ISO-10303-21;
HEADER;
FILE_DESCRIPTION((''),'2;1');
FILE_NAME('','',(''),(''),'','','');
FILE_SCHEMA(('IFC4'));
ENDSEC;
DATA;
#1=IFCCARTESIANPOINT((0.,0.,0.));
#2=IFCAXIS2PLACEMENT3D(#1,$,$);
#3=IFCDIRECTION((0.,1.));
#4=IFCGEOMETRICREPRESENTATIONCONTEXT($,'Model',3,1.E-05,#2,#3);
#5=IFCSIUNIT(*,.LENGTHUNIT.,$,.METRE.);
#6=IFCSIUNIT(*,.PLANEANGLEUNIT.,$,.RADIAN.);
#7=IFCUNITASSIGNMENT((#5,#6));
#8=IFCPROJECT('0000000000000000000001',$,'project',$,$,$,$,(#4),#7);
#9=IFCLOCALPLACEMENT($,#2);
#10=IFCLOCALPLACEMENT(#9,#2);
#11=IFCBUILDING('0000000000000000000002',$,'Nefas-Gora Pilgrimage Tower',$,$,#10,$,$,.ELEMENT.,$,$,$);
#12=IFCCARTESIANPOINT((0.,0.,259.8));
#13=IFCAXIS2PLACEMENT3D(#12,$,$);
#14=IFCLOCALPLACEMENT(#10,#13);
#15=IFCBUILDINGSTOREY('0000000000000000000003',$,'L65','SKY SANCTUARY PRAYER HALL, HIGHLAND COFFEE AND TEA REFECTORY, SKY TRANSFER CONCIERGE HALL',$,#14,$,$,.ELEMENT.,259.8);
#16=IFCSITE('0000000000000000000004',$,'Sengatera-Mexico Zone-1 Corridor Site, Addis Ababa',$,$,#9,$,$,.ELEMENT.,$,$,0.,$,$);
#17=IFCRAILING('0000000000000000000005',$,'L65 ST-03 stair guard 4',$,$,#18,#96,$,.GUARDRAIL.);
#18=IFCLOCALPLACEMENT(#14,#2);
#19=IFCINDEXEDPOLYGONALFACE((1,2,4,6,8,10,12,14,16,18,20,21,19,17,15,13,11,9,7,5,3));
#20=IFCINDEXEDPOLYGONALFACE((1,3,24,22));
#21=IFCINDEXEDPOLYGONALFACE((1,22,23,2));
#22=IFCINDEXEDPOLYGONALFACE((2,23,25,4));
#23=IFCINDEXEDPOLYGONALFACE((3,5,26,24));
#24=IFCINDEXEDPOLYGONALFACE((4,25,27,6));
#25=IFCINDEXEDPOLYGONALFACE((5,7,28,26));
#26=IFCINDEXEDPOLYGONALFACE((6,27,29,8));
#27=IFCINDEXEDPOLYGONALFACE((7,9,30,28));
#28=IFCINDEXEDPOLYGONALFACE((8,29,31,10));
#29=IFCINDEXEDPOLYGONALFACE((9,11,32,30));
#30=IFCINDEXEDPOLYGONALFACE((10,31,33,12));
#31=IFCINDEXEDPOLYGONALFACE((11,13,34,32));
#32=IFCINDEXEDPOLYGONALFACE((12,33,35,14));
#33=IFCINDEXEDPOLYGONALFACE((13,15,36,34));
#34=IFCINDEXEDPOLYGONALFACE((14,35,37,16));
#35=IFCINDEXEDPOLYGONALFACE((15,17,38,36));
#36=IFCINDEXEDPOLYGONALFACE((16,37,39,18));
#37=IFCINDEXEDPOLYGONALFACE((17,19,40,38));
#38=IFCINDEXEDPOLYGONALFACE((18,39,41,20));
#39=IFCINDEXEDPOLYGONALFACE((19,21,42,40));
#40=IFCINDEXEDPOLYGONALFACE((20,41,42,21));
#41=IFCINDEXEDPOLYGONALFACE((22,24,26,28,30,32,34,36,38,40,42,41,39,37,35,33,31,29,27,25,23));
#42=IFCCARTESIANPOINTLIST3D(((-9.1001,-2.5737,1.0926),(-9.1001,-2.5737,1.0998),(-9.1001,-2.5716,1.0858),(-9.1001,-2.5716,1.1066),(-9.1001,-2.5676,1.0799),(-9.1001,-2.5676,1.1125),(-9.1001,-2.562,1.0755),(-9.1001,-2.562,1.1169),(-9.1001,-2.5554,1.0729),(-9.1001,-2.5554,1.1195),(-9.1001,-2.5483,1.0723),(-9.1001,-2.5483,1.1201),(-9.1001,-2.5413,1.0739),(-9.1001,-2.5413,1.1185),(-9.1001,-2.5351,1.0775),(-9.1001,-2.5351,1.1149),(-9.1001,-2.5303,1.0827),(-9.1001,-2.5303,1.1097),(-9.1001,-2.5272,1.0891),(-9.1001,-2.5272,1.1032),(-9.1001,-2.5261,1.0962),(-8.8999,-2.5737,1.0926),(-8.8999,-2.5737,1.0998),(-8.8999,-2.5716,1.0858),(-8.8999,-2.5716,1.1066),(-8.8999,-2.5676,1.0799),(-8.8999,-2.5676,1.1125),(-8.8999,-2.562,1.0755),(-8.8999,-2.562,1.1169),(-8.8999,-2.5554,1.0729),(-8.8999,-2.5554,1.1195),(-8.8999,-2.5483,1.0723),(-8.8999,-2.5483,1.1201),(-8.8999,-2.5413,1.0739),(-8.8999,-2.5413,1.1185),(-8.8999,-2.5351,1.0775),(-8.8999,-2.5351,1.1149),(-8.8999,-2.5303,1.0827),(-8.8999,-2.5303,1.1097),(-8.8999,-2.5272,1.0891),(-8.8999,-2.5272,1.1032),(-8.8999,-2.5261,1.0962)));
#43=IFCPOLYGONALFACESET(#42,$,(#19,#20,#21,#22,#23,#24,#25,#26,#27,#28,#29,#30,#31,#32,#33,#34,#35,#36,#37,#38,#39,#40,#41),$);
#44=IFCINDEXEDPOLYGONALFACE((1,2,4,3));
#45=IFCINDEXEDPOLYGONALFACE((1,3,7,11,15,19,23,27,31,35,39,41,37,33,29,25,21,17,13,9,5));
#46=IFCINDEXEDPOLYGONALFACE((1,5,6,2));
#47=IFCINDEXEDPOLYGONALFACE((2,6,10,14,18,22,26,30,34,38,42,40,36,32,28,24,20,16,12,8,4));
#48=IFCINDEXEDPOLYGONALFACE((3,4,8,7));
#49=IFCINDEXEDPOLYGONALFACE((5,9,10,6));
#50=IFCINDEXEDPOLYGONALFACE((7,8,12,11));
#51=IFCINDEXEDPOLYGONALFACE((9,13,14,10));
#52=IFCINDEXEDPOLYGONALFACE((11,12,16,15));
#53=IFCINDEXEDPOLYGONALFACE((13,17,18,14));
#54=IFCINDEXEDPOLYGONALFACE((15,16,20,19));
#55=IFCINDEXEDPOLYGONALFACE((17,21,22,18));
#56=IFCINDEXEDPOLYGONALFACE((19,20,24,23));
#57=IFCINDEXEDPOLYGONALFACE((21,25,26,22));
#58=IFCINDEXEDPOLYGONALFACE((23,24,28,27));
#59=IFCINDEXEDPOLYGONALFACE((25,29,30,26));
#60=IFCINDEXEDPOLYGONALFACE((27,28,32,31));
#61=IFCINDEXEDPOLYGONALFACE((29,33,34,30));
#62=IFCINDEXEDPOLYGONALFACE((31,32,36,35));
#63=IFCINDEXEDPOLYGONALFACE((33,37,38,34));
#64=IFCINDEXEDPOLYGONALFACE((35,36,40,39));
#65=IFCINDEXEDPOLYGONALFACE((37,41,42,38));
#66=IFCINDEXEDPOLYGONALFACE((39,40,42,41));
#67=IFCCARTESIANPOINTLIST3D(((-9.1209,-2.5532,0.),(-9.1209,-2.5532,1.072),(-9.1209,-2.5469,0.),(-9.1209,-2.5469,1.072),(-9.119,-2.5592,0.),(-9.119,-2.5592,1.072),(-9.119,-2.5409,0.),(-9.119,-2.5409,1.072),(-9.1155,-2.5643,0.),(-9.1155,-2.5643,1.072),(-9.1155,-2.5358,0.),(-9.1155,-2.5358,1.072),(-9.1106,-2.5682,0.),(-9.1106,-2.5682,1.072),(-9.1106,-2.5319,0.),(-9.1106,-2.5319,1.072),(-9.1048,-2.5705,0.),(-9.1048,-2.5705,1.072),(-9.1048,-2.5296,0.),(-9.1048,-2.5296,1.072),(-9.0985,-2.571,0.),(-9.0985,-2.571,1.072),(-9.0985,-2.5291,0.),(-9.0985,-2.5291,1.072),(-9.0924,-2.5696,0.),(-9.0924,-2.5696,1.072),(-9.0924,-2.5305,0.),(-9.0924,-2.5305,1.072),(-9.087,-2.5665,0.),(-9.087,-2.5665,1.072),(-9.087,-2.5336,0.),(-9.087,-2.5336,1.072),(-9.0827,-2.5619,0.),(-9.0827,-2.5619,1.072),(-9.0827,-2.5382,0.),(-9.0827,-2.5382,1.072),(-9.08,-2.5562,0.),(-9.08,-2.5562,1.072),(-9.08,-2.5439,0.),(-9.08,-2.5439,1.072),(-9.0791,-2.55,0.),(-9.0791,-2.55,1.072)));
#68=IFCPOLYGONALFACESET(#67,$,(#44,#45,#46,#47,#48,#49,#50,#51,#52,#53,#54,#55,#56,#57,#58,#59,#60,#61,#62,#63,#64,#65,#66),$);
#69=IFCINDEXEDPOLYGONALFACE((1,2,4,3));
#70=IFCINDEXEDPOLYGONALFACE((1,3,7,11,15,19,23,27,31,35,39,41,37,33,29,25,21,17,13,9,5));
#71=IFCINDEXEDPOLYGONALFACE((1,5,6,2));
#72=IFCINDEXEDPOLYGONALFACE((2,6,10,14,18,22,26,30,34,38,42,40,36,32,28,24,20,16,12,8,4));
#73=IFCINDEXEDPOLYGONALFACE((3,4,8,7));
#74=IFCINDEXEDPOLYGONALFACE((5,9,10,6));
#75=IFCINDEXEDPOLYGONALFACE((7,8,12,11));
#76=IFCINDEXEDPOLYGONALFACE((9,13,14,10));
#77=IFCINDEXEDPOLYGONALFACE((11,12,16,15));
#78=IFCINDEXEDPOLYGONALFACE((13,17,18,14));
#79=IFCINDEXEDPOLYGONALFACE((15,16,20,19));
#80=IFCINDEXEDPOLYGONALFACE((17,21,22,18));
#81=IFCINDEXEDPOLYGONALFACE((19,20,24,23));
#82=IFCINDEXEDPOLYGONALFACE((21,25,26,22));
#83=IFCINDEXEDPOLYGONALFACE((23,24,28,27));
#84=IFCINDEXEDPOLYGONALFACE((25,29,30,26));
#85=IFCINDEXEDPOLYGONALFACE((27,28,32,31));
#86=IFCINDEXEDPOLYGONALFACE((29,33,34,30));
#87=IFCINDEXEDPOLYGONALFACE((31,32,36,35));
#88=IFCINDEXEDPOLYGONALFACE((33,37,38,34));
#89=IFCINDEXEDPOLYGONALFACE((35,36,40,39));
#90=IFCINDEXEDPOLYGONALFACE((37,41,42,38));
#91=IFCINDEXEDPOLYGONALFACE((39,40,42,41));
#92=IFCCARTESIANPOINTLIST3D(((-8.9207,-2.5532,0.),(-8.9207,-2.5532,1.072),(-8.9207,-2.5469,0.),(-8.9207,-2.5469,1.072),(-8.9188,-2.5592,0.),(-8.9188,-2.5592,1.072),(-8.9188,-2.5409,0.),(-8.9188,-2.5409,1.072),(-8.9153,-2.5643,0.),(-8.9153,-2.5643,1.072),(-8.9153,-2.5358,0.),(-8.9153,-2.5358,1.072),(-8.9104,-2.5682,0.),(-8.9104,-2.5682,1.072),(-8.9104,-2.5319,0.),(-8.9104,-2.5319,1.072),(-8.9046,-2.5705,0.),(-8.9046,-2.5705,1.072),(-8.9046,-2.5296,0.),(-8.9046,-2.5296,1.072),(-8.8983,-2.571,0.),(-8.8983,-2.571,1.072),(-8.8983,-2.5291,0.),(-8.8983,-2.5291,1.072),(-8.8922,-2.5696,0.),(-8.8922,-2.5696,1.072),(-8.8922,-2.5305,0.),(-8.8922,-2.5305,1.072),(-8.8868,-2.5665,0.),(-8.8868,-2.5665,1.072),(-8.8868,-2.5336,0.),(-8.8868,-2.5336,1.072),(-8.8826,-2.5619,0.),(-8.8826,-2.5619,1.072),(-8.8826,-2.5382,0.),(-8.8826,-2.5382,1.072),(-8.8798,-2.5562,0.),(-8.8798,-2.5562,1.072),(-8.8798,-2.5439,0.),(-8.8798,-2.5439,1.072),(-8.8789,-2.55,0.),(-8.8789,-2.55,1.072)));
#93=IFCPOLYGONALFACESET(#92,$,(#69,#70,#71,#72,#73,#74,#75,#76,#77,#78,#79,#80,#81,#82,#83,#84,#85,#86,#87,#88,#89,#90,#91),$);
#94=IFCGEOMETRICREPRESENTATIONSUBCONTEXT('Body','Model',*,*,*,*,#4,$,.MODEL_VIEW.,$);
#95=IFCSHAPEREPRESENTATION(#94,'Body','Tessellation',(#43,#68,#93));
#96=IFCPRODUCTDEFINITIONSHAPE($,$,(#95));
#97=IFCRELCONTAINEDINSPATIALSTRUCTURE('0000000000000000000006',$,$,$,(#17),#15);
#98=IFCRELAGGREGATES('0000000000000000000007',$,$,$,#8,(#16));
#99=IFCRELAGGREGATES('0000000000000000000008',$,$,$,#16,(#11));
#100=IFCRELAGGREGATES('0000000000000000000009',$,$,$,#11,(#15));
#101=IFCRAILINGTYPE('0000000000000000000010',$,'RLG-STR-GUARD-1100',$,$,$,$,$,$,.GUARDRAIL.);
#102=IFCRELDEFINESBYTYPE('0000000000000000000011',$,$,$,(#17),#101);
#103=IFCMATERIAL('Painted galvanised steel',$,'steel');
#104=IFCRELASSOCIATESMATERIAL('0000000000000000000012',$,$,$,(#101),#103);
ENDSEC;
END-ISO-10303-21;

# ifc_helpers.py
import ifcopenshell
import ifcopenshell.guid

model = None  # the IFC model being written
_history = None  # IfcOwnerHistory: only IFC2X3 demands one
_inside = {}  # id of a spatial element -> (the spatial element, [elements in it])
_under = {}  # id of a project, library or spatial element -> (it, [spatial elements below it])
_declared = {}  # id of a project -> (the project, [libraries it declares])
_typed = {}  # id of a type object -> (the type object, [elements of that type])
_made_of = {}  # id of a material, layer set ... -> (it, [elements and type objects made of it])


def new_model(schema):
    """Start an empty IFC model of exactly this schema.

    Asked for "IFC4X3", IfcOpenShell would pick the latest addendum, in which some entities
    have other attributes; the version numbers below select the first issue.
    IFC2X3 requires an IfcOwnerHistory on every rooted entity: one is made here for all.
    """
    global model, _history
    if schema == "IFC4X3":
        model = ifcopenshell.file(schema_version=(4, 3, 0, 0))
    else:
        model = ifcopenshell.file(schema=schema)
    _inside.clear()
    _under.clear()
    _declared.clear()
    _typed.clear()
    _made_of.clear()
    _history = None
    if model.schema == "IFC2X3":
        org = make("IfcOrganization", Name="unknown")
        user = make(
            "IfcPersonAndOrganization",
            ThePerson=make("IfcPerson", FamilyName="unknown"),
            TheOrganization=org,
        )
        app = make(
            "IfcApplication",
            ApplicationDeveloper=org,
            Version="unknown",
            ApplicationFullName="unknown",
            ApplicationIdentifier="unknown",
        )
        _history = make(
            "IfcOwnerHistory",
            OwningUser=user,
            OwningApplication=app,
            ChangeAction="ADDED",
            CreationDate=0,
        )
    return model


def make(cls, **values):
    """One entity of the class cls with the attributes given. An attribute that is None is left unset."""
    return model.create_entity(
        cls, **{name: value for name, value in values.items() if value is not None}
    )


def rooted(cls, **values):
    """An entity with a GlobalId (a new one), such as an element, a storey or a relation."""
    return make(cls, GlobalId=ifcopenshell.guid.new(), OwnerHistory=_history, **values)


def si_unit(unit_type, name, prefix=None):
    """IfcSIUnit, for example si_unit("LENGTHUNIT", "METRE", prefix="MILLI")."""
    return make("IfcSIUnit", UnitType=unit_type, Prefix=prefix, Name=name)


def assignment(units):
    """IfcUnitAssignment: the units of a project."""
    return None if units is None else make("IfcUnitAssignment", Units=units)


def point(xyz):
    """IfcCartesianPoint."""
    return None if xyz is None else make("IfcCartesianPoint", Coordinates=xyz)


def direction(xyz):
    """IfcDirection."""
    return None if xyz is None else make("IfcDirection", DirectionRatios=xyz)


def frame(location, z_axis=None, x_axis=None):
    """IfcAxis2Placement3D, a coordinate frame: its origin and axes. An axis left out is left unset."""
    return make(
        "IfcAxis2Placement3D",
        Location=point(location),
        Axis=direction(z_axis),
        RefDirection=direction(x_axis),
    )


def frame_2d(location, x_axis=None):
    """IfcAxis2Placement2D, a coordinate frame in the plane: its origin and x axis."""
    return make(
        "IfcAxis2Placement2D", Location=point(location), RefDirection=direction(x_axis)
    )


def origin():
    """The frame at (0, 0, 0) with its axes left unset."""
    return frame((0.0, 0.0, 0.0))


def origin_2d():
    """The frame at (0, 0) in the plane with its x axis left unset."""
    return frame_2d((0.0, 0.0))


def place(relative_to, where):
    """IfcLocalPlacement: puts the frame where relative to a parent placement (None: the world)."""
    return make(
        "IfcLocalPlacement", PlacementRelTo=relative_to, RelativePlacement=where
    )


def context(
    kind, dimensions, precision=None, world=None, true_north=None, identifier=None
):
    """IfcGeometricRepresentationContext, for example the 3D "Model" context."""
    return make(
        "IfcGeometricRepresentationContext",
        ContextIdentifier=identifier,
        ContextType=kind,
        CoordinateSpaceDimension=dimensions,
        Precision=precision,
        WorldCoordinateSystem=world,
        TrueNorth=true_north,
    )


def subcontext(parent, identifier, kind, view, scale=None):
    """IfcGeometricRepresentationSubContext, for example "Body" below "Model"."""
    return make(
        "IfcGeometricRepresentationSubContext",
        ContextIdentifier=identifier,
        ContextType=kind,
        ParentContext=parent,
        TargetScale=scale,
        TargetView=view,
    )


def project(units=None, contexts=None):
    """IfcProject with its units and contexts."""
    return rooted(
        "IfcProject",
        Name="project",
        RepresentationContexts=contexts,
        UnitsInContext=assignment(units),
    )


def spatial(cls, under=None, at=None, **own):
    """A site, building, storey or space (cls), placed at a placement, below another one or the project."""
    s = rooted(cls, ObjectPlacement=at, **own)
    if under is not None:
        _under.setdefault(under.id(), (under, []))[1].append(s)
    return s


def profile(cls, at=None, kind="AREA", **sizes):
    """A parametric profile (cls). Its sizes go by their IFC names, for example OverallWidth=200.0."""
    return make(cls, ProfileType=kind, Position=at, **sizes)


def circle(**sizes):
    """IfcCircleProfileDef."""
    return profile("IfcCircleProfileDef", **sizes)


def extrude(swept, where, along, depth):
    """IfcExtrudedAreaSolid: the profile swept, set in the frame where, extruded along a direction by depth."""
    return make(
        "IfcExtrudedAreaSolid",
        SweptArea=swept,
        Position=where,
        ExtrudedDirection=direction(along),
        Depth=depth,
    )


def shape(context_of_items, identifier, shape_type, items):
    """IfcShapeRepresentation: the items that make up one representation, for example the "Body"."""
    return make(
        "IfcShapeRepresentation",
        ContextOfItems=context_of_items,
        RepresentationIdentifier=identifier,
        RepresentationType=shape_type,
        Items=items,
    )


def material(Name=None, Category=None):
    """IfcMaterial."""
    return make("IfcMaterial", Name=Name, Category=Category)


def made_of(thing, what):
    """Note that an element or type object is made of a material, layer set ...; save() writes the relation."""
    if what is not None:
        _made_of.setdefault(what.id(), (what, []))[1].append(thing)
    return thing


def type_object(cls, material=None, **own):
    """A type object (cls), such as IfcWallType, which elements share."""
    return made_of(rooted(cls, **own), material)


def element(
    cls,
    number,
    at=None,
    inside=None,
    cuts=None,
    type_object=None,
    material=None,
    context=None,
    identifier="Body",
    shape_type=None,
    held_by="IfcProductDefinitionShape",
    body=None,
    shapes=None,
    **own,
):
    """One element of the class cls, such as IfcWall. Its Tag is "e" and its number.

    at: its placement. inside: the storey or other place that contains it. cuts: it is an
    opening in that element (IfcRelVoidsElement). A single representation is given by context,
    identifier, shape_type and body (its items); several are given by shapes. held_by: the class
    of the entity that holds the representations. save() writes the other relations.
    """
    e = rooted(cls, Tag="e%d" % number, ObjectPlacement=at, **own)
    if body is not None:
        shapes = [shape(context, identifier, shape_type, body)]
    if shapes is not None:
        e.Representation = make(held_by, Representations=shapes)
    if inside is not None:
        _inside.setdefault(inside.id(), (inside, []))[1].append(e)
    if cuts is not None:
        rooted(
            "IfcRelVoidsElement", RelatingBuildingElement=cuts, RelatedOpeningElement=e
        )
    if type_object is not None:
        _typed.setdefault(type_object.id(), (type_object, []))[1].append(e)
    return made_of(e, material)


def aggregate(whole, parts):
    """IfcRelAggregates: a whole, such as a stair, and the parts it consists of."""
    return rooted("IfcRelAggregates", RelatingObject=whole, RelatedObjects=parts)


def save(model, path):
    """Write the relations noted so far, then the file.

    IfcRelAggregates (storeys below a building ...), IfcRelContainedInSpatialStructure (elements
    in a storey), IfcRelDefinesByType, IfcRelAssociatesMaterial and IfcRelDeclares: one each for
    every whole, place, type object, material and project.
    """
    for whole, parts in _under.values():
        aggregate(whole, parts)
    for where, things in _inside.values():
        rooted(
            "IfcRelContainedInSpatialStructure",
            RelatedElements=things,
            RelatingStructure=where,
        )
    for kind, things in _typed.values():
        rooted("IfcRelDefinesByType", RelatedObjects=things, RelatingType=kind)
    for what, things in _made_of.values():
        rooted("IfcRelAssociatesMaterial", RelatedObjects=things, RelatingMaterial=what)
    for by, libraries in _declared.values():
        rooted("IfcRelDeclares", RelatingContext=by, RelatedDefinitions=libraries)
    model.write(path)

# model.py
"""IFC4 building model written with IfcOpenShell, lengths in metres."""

from ifc_helpers import new_model, si_unit, direction, frame, origin, origin_2d, place, context, subcontext, project, spatial, circle, extrude, material, type_object, element, save


model = new_model("IFC4")

# Units and contexts
model_context = context("Model", 3, precision=1e-05, world=origin(), true_north=direction((0.0, 1.0)))
body_context = subcontext(model_context, "Body", "Model", "MODEL_VIEW")
ifc_project = project(units=[si_unit("LENGTHUNIT", "METRE"), si_unit("PLANEANGLEUNIT", "RADIAN")], contexts=[model_context])

# Site, building, storey
site_placement = place(None, origin())
site = spatial("IfcSite", under=ifc_project, at=site_placement, Name="Sengatera-Mexico Zone-1 Corridor Site, Addis Ababa", CompositionType="ELEMENT", RefElevation=0.0)
building_placement = place(site_placement, origin())
building = spatial("IfcBuilding", under=site, at=building_placement, Name="Nefas-Gora Pilgrimage Tower", CompositionType="ELEMENT")
storey_placement = place(building_placement, frame((0.0, 0.0, 259.8)))
storey = spatial("IfcBuildingStorey", under=building, at=storey_placement, Name="L65", Description="SKY SANCTUARY PRAYER HALL, HIGHLAND COFFEE AND TEA REFECTORY, SKY TRANSFER CONCIERGE HALL", CompositionType="ELEMENT", Elevation=259.8)

# Railing
ifc_material_1 = material(Name="Painted galvanised steel", Category="steel")
railing_type = type_object("IfcRailingType", Name="RLG-STR-GUARD-1100", PredefinedType="GUARDRAIL", material=ifc_material_1)
railing_1_placement = place(storey_placement, frame((-9.1001, -2.55, 0.0)))
element("IfcRailing", 1, at=railing_1_placement, inside=storey, type_object=railing_type, Name="L65 ST-03 stair guard 4", PredefinedType="GUARDRAIL", context=body_context, shape_type="SweptSolid", body=[
    extrude(circle(Radius=0.0239, at=origin_2d()), frame((0.0, 0.0, 1.0962), z_axis=(1.0, 0.0, 0.0), x_axis=(0.0, 1.0, 0.0)), (0.0, 0.0, 1.0), 0.2002),
    extrude(circle(Radius=0.021, at=origin_2d()), origin(), (0.0, 0.0, 1.0), 1.072),
    extrude(circle(Radius=0.021, at=origin_2d()), frame((0.2002, 0.0, 0.0)), (0.0, 0.0, 1.0), 1.072),
])

save(model, "model.ifc")
